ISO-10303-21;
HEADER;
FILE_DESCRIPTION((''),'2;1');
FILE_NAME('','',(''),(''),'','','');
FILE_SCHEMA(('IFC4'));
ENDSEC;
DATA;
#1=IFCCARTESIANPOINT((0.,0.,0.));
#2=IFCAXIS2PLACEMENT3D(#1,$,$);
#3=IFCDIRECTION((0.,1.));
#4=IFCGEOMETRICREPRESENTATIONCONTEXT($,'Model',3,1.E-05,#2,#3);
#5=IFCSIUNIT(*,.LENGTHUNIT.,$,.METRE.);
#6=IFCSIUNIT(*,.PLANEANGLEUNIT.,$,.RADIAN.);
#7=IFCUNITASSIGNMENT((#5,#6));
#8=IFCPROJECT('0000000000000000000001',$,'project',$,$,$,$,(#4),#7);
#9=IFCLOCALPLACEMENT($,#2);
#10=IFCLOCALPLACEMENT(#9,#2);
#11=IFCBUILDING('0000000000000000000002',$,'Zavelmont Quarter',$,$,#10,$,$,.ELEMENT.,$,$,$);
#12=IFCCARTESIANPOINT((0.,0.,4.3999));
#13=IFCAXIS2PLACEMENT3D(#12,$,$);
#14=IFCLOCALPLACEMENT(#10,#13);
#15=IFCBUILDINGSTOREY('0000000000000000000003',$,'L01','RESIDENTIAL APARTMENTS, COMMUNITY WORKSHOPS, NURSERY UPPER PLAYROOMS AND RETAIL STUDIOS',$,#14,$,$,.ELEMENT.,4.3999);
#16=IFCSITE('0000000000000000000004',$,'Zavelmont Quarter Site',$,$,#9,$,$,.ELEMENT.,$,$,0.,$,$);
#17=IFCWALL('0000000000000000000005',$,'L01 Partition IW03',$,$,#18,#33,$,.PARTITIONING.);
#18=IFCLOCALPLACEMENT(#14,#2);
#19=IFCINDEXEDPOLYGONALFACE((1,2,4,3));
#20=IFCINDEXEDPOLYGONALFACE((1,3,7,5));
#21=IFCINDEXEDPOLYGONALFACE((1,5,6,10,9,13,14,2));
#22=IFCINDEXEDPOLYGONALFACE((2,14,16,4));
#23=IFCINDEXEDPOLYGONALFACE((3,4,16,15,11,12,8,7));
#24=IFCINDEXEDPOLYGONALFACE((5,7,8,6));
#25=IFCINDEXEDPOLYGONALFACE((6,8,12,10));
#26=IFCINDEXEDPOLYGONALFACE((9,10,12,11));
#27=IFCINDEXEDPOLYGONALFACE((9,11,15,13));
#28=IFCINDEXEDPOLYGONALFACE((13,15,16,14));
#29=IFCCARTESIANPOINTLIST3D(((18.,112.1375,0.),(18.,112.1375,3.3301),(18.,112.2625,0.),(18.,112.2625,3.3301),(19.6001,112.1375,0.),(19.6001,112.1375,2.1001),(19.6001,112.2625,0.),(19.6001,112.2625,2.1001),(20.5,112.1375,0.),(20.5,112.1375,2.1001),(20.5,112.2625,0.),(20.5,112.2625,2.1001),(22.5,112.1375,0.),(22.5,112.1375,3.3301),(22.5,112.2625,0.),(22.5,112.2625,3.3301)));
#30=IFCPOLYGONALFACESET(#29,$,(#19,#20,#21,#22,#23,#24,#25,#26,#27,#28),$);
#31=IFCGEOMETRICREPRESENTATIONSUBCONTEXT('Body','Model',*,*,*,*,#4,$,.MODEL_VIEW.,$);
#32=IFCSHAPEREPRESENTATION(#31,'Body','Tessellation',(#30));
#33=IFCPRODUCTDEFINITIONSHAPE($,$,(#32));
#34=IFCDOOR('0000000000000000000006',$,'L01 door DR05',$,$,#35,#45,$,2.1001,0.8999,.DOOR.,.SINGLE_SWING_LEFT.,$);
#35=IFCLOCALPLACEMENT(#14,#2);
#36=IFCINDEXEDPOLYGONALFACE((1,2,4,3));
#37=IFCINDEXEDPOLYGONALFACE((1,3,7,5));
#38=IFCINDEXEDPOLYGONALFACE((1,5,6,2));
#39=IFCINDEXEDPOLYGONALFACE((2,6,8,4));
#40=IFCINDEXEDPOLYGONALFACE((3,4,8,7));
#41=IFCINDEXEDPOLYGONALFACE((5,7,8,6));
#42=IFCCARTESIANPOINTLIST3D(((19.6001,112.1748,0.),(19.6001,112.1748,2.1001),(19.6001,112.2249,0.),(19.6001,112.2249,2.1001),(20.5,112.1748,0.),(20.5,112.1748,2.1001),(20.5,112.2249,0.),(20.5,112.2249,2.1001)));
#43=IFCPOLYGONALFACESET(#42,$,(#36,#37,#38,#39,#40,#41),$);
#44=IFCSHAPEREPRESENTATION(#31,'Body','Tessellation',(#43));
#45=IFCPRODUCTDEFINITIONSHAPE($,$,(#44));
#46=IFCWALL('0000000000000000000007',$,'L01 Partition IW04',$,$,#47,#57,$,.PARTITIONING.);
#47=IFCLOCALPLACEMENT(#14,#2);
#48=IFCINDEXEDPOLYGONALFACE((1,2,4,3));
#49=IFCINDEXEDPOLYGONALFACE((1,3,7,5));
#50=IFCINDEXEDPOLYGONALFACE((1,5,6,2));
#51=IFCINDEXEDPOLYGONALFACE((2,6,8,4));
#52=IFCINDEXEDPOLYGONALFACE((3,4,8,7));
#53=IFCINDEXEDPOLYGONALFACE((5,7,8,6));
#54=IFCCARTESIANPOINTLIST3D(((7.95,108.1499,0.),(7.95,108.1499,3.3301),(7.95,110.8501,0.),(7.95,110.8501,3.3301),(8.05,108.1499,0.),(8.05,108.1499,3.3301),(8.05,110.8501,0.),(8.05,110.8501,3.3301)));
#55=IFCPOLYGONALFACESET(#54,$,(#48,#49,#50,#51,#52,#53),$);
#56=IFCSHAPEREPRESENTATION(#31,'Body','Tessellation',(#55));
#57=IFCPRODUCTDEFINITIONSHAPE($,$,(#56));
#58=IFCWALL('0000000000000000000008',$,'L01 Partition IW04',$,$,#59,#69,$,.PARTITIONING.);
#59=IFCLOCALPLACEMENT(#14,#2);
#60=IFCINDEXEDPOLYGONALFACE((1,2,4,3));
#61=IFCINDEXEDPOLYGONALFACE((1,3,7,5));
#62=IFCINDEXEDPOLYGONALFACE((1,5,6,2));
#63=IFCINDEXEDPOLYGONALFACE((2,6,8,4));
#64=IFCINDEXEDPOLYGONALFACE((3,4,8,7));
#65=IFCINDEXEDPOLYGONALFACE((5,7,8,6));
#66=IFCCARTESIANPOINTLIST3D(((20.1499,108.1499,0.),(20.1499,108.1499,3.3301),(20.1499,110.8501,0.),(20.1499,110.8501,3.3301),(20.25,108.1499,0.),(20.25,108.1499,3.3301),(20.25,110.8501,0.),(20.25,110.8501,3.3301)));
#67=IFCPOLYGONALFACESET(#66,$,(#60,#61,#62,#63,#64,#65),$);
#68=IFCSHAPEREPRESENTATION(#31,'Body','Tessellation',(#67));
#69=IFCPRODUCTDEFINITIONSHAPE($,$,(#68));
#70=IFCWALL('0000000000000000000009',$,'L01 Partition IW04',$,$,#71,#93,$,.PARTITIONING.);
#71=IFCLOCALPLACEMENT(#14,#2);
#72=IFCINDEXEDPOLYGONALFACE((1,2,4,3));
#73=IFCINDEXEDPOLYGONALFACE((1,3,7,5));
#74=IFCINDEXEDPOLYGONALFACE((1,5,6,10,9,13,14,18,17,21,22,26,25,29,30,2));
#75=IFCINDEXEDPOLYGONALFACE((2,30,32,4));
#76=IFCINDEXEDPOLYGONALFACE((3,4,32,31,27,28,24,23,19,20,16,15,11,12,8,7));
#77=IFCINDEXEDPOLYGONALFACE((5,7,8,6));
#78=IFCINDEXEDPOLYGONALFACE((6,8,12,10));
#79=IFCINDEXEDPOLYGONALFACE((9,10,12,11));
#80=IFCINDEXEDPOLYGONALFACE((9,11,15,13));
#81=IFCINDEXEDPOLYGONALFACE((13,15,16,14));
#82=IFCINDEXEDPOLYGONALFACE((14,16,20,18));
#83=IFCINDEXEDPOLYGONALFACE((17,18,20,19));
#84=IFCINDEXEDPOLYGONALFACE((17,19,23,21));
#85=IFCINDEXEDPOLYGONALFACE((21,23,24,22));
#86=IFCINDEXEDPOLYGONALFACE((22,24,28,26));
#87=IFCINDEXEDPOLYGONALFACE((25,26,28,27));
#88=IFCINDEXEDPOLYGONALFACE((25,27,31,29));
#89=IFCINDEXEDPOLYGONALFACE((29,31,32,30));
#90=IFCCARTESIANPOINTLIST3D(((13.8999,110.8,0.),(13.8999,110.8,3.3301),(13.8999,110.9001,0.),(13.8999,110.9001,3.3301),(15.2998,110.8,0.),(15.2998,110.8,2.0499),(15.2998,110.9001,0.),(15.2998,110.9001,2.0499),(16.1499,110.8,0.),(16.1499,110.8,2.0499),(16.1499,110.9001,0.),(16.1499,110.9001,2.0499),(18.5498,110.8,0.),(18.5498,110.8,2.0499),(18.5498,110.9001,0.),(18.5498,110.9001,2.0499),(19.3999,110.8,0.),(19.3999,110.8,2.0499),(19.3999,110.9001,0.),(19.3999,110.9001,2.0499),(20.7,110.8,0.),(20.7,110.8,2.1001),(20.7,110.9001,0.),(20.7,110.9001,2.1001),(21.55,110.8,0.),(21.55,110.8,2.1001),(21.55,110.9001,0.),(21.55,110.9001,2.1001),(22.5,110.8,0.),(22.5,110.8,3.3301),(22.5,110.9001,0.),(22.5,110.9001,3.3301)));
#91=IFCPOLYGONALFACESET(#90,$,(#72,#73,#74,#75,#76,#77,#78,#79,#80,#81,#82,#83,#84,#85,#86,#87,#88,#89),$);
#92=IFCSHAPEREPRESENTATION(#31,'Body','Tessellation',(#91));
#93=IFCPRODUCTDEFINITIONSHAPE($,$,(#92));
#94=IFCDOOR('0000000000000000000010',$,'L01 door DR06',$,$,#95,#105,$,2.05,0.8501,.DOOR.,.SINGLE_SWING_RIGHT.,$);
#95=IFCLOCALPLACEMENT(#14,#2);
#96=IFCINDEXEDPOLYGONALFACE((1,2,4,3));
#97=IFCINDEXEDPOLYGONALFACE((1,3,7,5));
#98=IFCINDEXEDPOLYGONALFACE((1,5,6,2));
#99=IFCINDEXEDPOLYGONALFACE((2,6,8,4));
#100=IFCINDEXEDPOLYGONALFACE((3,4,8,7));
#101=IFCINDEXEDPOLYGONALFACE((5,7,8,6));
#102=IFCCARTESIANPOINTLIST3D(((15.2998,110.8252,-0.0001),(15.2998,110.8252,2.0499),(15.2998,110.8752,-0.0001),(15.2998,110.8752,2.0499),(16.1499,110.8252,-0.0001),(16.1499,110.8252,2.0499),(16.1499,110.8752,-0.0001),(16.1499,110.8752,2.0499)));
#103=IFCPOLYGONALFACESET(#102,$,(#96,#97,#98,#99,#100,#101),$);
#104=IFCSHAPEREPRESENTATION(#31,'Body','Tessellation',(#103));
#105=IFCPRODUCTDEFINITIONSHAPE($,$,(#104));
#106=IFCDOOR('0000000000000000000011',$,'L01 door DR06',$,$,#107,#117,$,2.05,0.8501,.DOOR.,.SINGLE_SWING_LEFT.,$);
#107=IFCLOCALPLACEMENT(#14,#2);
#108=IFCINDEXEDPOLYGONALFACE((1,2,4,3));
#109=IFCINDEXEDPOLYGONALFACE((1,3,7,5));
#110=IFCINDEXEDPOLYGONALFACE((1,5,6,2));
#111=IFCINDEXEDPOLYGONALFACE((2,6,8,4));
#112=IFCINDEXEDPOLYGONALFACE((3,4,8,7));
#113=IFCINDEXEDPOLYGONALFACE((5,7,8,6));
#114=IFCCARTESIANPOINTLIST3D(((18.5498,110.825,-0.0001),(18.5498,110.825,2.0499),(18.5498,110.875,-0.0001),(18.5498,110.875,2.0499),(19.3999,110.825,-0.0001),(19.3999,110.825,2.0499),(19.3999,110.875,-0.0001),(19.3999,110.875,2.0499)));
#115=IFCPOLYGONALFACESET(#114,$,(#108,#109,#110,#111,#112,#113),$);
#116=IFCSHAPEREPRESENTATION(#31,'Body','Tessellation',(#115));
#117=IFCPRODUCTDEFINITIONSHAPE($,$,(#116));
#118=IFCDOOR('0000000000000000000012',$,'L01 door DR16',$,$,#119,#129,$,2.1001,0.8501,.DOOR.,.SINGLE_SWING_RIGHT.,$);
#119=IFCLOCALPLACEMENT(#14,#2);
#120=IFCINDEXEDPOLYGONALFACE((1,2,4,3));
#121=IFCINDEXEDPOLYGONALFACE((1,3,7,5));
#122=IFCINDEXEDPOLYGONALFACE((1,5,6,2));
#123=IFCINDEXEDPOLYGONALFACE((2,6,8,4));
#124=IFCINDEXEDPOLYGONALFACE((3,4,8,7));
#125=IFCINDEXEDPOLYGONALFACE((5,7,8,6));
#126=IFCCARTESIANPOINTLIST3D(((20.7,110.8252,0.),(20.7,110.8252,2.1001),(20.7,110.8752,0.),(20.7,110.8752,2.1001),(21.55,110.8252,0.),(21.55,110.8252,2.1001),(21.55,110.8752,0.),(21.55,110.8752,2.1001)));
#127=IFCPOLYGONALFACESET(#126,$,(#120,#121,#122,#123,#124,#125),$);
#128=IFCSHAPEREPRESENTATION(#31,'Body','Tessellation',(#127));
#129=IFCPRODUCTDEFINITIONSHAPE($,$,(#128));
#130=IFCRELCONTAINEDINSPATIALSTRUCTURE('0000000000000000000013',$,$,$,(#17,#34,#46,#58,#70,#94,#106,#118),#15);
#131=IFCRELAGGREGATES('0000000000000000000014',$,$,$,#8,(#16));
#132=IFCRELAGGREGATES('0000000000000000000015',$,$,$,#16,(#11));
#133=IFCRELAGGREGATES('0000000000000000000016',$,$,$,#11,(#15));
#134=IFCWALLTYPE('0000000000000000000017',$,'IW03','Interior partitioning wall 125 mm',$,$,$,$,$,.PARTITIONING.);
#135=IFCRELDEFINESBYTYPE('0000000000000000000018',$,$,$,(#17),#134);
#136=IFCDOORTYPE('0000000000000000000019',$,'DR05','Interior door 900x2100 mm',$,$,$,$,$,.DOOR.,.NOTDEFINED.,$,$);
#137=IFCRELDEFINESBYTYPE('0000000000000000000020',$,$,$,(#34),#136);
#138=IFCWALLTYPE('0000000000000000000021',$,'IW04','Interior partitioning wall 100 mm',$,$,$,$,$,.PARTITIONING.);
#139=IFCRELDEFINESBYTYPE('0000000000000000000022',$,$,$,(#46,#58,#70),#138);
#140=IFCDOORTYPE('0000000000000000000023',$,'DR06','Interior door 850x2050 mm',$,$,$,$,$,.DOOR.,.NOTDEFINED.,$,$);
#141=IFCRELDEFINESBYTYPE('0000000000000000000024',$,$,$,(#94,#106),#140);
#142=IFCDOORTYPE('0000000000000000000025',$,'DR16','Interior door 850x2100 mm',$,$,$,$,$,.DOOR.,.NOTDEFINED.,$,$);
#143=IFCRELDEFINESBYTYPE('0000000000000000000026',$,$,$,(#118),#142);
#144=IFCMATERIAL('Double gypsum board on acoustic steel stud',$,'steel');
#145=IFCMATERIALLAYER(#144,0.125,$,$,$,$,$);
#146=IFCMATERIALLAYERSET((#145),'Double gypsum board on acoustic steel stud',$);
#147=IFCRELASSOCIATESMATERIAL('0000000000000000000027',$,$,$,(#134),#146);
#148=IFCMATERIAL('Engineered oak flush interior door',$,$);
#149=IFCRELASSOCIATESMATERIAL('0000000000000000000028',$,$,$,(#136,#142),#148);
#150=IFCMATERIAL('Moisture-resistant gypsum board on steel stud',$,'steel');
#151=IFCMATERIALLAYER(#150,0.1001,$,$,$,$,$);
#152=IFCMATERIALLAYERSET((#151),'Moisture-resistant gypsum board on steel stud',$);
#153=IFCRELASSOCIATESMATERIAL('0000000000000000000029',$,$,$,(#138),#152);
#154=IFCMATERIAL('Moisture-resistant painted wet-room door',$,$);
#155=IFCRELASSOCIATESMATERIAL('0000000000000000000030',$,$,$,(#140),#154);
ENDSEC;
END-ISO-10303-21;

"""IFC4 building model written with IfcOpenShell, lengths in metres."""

from ifc_helpers import new_model, si_unit, direction, frame, frame_2d, origin, origin_with_axes, place, context, subcontext, project, spatial, rectangle, extrude, material, layer, layer_set, type_object, element, fill, save


model = new_model("IFC4")

# Units and contexts
model_context = context("Model", 3, precision=1e-05, world=origin(), true_north=direction((0.0, 1.0)))
body_context = subcontext(model_context, "Body", "Model", "MODEL_VIEW")
ifc_project = project(units=[si_unit("LENGTHUNIT", "METRE"), si_unit("PLANEANGLEUNIT", "RADIAN")], contexts=[model_context])

# Site, building, storey
site_placement = place(None, origin())
site = spatial("IfcSite", under=ifc_project, at=site_placement, Name="Zavelmont Quarter Site", CompositionType="ELEMENT", RefElevation=0.0)
building_placement = place(site_placement, origin())
building = spatial("IfcBuilding", under=site, at=building_placement, Name="Zavelmont Quarter", CompositionType="ELEMENT")
storey_placement = place(building_placement, frame((0.0, 0.0, 4.3999)))
storey = spatial("IfcBuildingStorey", under=building, at=storey_placement, Name="L01", Description="RESIDENTIAL APARTMENTS, COMMUNITY WORKSHOPS, NURSERY UPPER PLAYROOMS AND RETAIL STUDIOS", CompositionType="ELEMENT", Elevation=4.3999)

# Shared definitions
ifc_material_1 = material(Name="Double gypsum board on acoustic steel stud", Category="steel")
ifc_layer_1 = layer(ifc_material_1, 0.125)
ifc_layer_set_1 = layer_set([ifc_layer_1], Name="Double gypsum board on acoustic steel stud")
wall_type_1 = type_object("IfcWallType", Name="IW03", Description="Interior partitioning wall 125 mm", PredefinedType="PARTITIONING", material=ifc_layer_set_1)
ifc_material_2 = material(Name="Engineered oak flush interior door")
door_type_1 = type_object("IfcDoorType", Name="DR05", Description="Interior door 900x2100 mm", OperationType="NOTDEFINED", PredefinedType="DOOR", material=ifc_material_2)

# Wall, opening, door
wall_1_placement = place(storey_placement, frame((18.0, 112.2, 0.0), z_axis=(0.0, 0.0, 1.0), x_axis=(1.0, 0.0, 0.0)))
wall_1 = element("IfcWall", 1, at=wall_1_placement, inside=storey, type_object=wall_type_1, Name="L01 Partition IW03", PredefinedType="PARTITIONING", context=body_context, shape_type="SweptSolid", body=[
    extrude(rectangle(XDim=4.5, YDim=0.125, at=frame_2d((2.25, 0.0))), origin(), (0.0, 0.0, 1.0), 3.3301),
])
opening_1_placement = place(wall_1_placement, frame((1.6001, 0.0, 0.0)))
opening_1 = element("IfcOpeningElement", 2, at=opening_1_placement, cuts=wall_1, PredefinedType="OPENING", context=body_context, shape_type="SweptSolid", body=[
    extrude(rectangle(XDim=0.8999, YDim=2.1001, at=frame_2d((0.45, 1.05))), frame((0.0, 0.0745, 0.0), z_axis=(0.0, -1.0, 0.0), x_axis=(1.0, 0.0, 0.0)), (0.0, 0.0, 1.0), 0.1489),
])
door_1_placement = place(opening_1_placement, origin_with_axes())
door_1 = element("IfcDoor", 3, at=door_1_placement, inside=storey, type_object=door_type_1, Name="L01 door DR05", OperationType="SINGLE_SWING_LEFT", OverallHeight=2.1001, OverallWidth=0.8999, PredefinedType="DOOR", context=body_context, shape_type="SweptSolid", body=[
    extrude(rectangle(XDim=0.8999, YDim=2.1001, at=frame_2d((0.45, 1.05))), frame((0.0, 0.0249, 0.0), z_axis=(0.0, -1.0, 0.0), x_axis=(1.0, 0.0, 0.0)), (0.0, 0.0, 1.0), 0.05),
])
fill(opening_1, door_1)

# Walls
ifc_material_3 = material(Name="Moisture-resistant gypsum board on steel stud", Category="steel")
ifc_layer_2 = layer(ifc_material_3, 0.1001)
ifc_layer_set_2 = layer_set([ifc_layer_2], Name="Moisture-resistant gypsum board on steel stud")
wall_type_2 = type_object("IfcWallType", Name="IW04", Description="Interior partitioning wall 100 mm", PredefinedType="PARTITIONING", material=ifc_layer_set_2)
for number, where, z_axis, x_axis, name in (
    (4, (8.0, 108.1499, 0.0), (0.0, 0.0, 1.0), (0.0, 1.0, 0.0), "L01 Partition IW04"),
    (5, (20.2, 108.1499, 0.0), (0.0, 0.0, 1.0), (0.0, 1.0, 0.0), "L01 Partition IW04"),
):
    element("IfcWall", number, at=place(storey_placement, frame(where, z_axis=z_axis, x_axis=x_axis)), inside=storey, type_object=wall_type_2, Name=name, PredefinedType="PARTITIONING", context=body_context, shape_type="SweptSolid", body=[
        extrude(rectangle(XDim=2.7002, YDim=0.1001, at=frame_2d((1.3501, 0.0))), origin(), (0.0, 0.0, 1.0), 3.3301),
    ])

# Wall, openings, doors
wall_2_placement = place(storey_placement, frame((13.8999, 110.8501, 0.0), z_axis=(0.0, 0.0, 1.0), x_axis=(1.0, 0.0, 0.0)))
wall_2 = element("IfcWall", 6, at=wall_2_placement, inside=storey, type_object=wall_type_2, Name="L01 Partition IW04", PredefinedType="PARTITIONING", context=body_context, shape_type="SweptSolid", body=[
    extrude(rectangle(XDim=8.6001, YDim=0.1001, at=frame_2d((4.3, 0.0))), origin(), (0.0, 0.0, 1.0), 3.3301),
])
opening_2_placement = place(wall_2_placement, frame((1.3999, 0.0, 0.0)))
opening_2 = element("IfcOpeningElement", 7, at=opening_2_placement, cuts=wall_2, PredefinedType="OPENING", context=body_context, shape_type="SweptSolid", body=[
    extrude(rectangle(XDim=0.8501, YDim=2.05, at=frame_2d((0.425, 1.0249))), frame((0.0, 0.062, 0.0), z_axis=(0.0, -1.0, 0.0), x_axis=(1.0, 0.0, 0.0)), (0.0, 0.0, 1.0), 0.124),
])
opening_3_placement = place(wall_2_placement, frame((4.6499, 0.0, 0.0)))
opening_3 = element("IfcOpeningElement", 8, at=opening_3_placement, cuts=wall_2, PredefinedType="OPENING", context=body_context, shape_type="SweptSolid", body=[
    extrude(rectangle(XDim=0.8501, YDim=2.05, at=frame_2d((0.425, 1.0249))), frame((0.0, 0.062, 0.0), z_axis=(0.0, -1.0, 0.0), x_axis=(1.0, 0.0, 0.0)), (0.0, 0.0, 1.0), 0.124),
])
opening_4_placement = place(wall_2_placement, frame((6.8, 0.0, 0.0)))
opening_4 = element("IfcOpeningElement", 9, at=opening_4_placement, cuts=wall_2, PredefinedType="OPENING", context=body_context, shape_type="SweptSolid", body=[
    extrude(rectangle(XDim=0.8501, YDim=2.1001, at=frame_2d((0.425, 1.05))), frame((0.0, 0.062, 0.0), z_axis=(0.0, -1.0, 0.0), x_axis=(1.0, 0.0, 0.0)), (0.0, 0.0, 1.0), 0.124),
])
ifc_material_4 = material(Name="Moisture-resistant painted wet-room door")
door_type_2 = type_object("IfcDoorType", Name="DR06", Description="Interior door 850x2050 mm", OperationType="NOTDEFINED", PredefinedType="DOOR", material=ifc_material_4)
door_2_placement = place(opening_2_placement, frame((0.8501, 0.0, 0.0), z_axis=(0.0, 0.0, 1.0), x_axis=(-1.0, 0.0, 0.0)))
door_2 = element("IfcDoor", 10, at=door_2_placement, inside=storey, type_object=door_type_2, Name="L01 door DR06", OperationType="SINGLE_SWING_RIGHT", OverallHeight=2.05, OverallWidth=0.8501, PredefinedType="DOOR", context=body_context, shape_type="SweptSolid", body=[
    extrude(rectangle(XDim=0.8501, YDim=2.05, at=frame_2d((0.425, 1.0249))), frame((0.0, 0.0249, 0.0), z_axis=(0.0, -1.0, 0.0), x_axis=(1.0, 0.0, 0.0)), (0.0, 0.0, 1.0), 0.05),
])
fill(opening_2, door_2)
door_3_placement = place(opening_3_placement, origin_with_axes())
door_3 = element("IfcDoor", 11, at=door_3_placement, inside=storey, type_object=door_type_2, Name="L01 door DR06", OperationType="SINGLE_SWING_LEFT", OverallHeight=2.05, OverallWidth=0.8501, PredefinedType="DOOR", context=body_context, shape_type="SweptSolid", body=[
    extrude(rectangle(XDim=0.8501, YDim=2.05, at=frame_2d((0.425, 1.0249))), frame((0.0, 0.0249, 0.0), z_axis=(0.0, -1.0, 0.0), x_axis=(1.0, 0.0, 0.0)), (0.0, 0.0, 1.0), 0.05),
])
fill(opening_3, door_3)
door_type_3 = type_object("IfcDoorType", Name="DR16", Description="Interior door 850x2100 mm", OperationType="NOTDEFINED", PredefinedType="DOOR", material=ifc_material_2)
door_4_placement = place(opening_4_placement, frame((0.8501, 0.0, 0.0), z_axis=(0.0, 0.0, 1.0), x_axis=(-1.0, 0.0, 0.0)))
door_4 = element("IfcDoor", 12, at=door_4_placement, inside=storey, type_object=door_type_3, Name="L01 door DR16", OperationType="SINGLE_SWING_RIGHT", OverallHeight=2.1001, OverallWidth=0.8501, PredefinedType="DOOR", context=body_context, shape_type="SweptSolid", body=[
    extrude(rectangle(XDim=0.8501, YDim=2.1001, at=frame_2d((0.425, 1.05))), frame((0.0, 0.0249, 0.0), z_axis=(0.0, -1.0, 0.0), x_axis=(1.0, 0.0, 0.0)), (0.0, 0.0, 1.0), 0.05),
])
fill(opening_4, door_4)

save(model, "model.ifc")
